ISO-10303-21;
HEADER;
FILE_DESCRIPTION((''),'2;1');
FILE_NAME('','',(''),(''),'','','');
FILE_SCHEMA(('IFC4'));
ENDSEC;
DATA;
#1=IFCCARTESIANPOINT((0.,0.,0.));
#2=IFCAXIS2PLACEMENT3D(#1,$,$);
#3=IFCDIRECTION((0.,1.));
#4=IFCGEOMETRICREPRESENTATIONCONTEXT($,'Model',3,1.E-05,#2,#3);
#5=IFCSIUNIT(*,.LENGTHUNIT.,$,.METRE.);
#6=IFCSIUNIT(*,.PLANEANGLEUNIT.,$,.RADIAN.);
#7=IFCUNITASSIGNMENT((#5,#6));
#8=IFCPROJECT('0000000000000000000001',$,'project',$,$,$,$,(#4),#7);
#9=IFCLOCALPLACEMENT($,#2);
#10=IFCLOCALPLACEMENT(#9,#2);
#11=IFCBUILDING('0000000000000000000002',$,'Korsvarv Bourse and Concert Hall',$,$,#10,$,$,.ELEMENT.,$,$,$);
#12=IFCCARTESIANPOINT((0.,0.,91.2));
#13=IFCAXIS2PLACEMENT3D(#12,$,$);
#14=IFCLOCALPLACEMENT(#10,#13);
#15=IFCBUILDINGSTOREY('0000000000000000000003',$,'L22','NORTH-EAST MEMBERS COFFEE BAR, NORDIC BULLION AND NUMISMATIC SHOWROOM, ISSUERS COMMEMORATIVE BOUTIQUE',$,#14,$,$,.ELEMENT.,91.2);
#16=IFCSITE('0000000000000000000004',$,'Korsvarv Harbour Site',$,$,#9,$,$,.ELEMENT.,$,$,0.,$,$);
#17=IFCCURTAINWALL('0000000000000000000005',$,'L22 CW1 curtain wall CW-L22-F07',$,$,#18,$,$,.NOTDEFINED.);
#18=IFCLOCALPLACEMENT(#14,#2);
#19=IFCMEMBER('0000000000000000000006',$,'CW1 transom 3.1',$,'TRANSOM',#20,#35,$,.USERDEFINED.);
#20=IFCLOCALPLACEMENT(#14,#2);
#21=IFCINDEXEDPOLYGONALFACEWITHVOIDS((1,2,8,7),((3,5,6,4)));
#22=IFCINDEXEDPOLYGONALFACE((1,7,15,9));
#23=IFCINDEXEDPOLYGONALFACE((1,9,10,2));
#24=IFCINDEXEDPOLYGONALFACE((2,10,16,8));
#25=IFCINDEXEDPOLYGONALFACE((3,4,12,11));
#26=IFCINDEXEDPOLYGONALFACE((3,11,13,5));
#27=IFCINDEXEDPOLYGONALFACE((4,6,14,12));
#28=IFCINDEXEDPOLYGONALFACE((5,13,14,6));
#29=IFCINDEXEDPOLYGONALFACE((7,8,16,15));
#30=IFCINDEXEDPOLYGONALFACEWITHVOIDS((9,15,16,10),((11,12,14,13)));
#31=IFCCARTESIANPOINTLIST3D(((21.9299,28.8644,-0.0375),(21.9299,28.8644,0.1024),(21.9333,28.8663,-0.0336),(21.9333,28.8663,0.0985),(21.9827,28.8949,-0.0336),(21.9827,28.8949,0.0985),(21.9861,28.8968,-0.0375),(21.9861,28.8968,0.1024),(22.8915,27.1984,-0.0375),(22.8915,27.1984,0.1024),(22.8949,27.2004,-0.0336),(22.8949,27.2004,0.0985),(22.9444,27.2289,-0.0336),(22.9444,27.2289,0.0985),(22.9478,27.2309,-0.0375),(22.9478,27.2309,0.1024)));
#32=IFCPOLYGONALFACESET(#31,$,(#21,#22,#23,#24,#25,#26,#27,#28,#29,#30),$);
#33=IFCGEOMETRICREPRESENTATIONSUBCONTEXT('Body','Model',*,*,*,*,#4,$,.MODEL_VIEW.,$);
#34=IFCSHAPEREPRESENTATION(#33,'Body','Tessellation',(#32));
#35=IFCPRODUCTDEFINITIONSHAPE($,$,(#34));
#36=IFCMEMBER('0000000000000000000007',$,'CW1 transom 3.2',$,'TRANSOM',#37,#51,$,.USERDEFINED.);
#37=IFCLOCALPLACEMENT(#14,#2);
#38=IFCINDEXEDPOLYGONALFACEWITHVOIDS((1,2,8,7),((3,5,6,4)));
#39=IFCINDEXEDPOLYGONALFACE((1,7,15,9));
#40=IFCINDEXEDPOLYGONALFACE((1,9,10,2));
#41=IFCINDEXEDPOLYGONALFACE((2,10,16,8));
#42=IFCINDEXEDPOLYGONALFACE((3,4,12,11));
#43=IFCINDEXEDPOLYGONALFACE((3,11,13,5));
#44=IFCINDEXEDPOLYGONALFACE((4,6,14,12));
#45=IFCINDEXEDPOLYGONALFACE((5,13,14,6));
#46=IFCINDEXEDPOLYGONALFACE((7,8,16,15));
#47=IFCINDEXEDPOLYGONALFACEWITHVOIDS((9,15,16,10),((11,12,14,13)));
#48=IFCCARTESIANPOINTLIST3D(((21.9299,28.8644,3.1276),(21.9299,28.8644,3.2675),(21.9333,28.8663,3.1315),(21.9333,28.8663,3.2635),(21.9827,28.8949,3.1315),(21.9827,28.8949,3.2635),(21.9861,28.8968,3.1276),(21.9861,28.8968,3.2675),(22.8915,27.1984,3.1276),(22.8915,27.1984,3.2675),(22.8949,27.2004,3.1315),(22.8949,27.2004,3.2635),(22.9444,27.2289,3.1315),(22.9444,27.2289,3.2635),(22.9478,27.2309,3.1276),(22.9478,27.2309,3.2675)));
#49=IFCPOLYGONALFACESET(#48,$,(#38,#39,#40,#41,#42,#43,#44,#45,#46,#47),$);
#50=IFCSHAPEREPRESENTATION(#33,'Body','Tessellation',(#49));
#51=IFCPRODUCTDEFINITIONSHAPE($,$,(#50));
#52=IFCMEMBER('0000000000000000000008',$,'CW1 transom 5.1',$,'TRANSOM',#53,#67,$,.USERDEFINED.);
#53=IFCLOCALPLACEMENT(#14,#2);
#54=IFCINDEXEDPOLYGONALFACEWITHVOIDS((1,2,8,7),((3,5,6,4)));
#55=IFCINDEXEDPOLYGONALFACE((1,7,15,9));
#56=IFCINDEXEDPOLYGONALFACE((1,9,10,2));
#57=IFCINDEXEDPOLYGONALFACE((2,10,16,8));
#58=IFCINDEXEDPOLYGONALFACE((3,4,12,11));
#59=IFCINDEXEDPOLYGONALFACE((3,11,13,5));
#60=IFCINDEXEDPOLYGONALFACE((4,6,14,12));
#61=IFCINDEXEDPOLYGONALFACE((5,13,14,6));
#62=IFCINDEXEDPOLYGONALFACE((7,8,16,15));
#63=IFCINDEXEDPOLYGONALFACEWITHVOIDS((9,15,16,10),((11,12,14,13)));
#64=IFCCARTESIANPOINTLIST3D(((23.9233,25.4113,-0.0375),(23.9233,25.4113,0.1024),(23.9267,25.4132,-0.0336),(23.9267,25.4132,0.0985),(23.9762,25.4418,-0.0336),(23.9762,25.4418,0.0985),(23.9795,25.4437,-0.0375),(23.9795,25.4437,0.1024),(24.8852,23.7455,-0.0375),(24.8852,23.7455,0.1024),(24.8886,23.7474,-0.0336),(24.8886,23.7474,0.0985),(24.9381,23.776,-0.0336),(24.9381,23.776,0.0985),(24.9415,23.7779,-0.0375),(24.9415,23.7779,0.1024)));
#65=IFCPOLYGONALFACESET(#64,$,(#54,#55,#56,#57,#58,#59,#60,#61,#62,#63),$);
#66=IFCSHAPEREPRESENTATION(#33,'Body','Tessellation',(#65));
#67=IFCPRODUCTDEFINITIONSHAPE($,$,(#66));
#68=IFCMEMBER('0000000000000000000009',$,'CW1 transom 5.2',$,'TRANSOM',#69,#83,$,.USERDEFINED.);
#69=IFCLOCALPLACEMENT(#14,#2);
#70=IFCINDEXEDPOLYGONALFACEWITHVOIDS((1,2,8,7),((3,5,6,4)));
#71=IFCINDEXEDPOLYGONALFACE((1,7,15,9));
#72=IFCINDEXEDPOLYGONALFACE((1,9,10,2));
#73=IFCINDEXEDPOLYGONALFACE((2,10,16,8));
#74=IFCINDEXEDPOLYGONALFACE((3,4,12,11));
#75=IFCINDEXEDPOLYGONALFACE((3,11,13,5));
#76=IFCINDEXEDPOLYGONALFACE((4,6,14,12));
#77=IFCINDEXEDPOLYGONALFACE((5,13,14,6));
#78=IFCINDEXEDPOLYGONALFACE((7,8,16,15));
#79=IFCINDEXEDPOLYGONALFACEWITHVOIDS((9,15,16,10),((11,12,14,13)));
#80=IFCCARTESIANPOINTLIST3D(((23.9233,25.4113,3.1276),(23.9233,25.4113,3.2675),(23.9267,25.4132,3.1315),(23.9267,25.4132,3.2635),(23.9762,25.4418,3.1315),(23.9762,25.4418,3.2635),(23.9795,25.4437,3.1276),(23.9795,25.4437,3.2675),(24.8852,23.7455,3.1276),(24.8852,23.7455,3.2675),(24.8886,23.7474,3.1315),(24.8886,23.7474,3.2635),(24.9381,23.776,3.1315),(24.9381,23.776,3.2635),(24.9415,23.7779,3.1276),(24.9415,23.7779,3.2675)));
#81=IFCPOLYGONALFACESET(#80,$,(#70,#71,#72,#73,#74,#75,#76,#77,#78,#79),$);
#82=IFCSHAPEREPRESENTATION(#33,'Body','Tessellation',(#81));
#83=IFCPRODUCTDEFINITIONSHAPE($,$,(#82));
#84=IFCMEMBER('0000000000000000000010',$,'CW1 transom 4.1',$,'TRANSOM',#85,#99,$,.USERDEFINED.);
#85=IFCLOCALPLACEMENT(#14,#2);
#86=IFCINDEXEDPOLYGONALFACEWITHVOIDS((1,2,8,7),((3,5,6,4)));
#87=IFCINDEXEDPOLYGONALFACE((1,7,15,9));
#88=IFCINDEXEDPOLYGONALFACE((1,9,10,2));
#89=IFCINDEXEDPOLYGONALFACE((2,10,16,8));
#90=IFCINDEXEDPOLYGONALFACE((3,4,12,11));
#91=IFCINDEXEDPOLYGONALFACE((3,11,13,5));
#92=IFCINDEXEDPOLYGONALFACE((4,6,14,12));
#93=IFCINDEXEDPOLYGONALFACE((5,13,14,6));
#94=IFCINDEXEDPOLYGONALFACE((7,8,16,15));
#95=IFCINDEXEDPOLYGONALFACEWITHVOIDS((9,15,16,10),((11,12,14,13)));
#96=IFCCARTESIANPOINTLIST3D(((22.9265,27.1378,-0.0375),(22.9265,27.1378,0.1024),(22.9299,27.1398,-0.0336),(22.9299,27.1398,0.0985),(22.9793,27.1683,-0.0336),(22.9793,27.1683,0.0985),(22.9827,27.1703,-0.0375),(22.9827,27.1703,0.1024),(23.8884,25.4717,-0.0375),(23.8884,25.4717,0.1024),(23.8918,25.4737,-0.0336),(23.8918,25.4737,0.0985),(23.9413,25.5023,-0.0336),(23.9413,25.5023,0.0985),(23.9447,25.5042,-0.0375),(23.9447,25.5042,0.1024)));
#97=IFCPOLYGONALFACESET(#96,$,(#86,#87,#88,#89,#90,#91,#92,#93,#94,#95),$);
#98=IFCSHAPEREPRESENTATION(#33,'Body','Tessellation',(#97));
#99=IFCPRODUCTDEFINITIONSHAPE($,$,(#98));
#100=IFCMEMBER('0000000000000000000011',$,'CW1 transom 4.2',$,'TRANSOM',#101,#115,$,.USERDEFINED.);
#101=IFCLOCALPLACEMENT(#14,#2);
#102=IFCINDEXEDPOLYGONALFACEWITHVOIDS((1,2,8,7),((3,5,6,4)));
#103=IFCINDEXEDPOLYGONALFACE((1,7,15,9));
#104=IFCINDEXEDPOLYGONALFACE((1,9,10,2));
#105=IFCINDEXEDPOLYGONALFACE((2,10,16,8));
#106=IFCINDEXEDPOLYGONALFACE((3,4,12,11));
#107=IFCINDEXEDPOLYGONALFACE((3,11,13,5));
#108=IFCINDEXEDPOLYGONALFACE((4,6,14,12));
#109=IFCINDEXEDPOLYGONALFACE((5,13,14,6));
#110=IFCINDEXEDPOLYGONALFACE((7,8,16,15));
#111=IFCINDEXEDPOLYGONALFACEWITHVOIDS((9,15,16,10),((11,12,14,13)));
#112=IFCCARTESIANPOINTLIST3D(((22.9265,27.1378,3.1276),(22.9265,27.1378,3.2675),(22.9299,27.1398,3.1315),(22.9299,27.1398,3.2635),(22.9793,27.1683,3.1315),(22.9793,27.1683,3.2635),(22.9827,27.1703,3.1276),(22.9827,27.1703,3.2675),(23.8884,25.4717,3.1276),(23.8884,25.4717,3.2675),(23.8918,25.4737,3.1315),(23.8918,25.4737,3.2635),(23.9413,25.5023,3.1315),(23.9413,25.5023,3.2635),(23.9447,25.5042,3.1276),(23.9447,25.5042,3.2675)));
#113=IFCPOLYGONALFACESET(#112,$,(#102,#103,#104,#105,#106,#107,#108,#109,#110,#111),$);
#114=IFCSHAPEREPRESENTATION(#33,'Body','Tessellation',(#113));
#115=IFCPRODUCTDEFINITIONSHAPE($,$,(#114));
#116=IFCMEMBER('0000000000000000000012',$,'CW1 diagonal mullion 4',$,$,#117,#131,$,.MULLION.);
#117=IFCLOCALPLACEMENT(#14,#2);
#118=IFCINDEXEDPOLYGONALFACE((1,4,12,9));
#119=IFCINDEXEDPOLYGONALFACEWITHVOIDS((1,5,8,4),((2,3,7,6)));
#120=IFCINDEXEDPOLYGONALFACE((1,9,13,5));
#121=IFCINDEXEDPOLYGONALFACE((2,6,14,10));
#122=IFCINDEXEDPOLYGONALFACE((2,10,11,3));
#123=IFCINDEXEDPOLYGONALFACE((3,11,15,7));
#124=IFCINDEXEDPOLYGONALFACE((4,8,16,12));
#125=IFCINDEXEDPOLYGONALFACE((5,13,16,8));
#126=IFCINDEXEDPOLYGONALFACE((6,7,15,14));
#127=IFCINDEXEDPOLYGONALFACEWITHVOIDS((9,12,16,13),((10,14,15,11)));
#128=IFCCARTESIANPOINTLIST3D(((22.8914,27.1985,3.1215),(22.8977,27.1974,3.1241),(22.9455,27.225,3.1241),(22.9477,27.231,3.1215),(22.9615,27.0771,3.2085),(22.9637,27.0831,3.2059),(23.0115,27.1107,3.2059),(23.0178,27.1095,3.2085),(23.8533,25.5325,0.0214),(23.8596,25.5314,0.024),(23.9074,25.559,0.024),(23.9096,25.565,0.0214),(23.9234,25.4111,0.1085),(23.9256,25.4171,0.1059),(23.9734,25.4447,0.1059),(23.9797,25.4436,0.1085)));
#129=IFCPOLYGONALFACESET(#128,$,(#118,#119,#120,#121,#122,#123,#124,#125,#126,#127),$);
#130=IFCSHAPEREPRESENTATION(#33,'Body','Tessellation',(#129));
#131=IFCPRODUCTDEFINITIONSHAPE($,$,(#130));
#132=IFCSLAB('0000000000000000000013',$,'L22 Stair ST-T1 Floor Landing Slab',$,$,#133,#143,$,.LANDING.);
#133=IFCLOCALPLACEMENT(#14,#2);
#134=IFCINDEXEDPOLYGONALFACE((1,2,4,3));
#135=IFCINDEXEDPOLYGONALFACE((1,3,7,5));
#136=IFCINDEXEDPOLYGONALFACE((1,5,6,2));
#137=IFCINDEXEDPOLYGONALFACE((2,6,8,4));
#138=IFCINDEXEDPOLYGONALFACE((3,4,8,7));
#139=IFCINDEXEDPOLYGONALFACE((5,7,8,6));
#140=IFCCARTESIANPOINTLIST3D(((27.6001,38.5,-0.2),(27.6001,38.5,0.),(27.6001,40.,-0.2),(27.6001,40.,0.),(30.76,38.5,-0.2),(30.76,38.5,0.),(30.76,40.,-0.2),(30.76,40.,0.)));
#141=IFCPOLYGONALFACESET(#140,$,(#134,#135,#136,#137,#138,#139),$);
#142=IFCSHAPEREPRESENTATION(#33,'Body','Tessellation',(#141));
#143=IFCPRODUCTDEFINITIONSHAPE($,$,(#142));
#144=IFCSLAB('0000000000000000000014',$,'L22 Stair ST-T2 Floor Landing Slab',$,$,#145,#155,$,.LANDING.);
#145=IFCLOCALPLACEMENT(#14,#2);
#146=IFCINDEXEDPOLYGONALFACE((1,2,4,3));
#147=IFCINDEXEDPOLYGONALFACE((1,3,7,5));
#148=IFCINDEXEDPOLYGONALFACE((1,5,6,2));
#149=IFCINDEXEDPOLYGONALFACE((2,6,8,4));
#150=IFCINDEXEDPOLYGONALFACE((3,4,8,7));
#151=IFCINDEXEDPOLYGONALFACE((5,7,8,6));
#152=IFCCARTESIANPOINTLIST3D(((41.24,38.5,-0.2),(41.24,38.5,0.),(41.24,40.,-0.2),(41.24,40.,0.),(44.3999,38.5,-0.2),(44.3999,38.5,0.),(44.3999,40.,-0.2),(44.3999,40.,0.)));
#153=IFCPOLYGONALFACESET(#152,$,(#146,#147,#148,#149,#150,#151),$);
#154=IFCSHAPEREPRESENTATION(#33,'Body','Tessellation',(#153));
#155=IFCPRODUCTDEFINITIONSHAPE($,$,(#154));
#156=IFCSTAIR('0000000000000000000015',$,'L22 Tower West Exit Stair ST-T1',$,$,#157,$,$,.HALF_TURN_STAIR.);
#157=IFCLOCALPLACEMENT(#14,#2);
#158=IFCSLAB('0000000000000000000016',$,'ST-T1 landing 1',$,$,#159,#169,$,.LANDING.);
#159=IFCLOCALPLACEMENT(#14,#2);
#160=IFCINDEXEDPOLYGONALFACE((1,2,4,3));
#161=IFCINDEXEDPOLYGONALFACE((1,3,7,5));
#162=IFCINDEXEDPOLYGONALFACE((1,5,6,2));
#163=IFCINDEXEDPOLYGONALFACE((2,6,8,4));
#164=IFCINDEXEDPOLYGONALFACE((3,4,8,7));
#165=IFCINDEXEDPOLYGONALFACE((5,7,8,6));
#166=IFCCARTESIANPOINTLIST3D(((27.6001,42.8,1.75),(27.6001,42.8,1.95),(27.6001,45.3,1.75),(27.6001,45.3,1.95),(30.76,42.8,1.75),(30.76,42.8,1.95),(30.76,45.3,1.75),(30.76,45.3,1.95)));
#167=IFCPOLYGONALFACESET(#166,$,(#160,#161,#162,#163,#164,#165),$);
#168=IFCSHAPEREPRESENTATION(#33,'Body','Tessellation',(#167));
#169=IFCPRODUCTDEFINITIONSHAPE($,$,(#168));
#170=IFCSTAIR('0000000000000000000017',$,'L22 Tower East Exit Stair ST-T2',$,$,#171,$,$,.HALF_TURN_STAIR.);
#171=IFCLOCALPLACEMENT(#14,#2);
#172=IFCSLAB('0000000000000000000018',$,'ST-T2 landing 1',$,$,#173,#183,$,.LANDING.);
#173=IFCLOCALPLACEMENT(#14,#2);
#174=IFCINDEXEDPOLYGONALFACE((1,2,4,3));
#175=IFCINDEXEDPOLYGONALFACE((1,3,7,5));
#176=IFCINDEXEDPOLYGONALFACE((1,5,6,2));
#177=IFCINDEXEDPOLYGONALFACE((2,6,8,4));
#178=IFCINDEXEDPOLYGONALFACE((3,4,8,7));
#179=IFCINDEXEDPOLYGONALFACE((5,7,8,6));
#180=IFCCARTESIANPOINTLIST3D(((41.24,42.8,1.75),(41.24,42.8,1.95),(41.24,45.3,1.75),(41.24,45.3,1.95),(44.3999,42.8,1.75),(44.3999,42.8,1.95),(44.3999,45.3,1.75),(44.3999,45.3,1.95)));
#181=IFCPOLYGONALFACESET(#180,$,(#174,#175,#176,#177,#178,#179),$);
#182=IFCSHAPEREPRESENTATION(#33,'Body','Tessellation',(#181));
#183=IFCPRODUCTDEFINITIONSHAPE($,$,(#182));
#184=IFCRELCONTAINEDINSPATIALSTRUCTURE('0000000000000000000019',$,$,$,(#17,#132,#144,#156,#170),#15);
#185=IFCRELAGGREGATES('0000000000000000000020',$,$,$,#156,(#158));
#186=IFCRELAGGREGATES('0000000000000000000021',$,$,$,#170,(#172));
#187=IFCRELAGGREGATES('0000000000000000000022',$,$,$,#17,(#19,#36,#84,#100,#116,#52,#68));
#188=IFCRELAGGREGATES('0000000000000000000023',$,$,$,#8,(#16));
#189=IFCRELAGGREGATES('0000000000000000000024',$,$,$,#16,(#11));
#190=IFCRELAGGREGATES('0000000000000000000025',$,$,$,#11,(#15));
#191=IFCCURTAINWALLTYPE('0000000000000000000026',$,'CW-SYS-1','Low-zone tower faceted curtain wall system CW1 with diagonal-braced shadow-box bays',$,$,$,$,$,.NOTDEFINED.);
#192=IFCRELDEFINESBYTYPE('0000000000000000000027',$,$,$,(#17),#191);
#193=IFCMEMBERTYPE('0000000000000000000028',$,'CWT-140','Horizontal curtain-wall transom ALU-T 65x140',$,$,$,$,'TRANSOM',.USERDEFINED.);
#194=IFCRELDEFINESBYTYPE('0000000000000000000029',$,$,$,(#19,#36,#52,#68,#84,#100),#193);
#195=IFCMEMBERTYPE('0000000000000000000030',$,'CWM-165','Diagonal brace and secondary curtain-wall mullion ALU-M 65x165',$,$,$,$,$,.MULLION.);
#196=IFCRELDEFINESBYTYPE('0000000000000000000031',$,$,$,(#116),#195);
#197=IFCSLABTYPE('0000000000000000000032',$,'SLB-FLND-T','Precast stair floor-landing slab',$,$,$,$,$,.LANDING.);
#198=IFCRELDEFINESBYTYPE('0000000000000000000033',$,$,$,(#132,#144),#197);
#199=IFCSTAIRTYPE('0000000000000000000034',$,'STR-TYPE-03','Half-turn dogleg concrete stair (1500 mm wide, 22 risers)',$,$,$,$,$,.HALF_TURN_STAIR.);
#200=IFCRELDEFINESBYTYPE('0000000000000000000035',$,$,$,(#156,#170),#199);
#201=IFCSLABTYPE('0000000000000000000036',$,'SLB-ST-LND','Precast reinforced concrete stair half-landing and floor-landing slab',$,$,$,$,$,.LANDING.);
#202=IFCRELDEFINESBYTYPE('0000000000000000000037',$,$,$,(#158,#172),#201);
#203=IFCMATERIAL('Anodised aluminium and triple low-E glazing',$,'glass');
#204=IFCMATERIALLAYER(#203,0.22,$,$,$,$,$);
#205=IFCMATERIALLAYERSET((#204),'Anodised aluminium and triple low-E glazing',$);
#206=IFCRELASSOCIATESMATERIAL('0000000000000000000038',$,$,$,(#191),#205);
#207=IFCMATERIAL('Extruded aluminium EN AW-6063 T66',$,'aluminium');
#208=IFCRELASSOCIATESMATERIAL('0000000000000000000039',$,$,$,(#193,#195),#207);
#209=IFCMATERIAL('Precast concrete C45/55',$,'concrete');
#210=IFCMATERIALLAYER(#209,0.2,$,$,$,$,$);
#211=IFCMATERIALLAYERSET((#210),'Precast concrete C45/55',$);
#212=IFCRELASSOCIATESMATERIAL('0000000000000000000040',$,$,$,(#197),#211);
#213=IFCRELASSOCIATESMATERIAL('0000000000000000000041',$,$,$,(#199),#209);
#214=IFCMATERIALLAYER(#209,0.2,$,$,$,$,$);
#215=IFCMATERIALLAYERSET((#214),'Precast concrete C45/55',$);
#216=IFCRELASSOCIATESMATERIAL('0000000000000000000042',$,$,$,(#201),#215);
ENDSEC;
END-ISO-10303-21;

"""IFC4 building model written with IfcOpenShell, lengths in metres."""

from ifc_helpers import new_model, si_unit, direction, frame, origin, origin_2d, place, context, subcontext, project, spatial, polyline, hollow_rectangle, outline, extrude, source, transform, mapped, material, layer, layer_set, material_profile, profile_set, type_object, element, aggregate, save


model = new_model("IFC4")

# Units and contexts
model_context = context("Model", 3, precision=1e-05, world=origin(), true_north=direction((0.0, 1.0)))
body_context = subcontext(model_context, "Body", "Model", "MODEL_VIEW")
ifc_project = project(units=[si_unit("LENGTHUNIT", "METRE"), si_unit("PLANEANGLEUNIT", "RADIAN")], contexts=[model_context])

# Site, building, storey
site_placement = place(None, origin())
site = spatial("IfcSite", under=ifc_project, at=site_placement, Name="Korsvarv Harbour Site", CompositionType="ELEMENT", RefElevation=0.0)
building_placement = place(site_placement, origin())
building = spatial("IfcBuilding", under=site, at=building_placement, Name="Korsvarv Bourse and Concert Hall", CompositionType="ELEMENT")
storey_placement = place(building_placement, frame((0.0, 0.0, 91.2)))
storey = spatial("IfcBuildingStorey", under=building, at=storey_placement, Name="L22", Description="NORTH-EAST MEMBERS COFFEE BAR, NORDIC BULLION AND NUMISMATIC SHOWROOM, ISSUERS COMMEMORATIVE BOUTIQUE", CompositionType="ELEMENT", Elevation=91.2)

# Curtain wall, members
ifc_material_1 = material(Name="Anodised aluminium and triple low-E glazing", Category="glass")
ifc_layer_1 = layer(ifc_material_1, 0.22)
ifc_layer_set_1 = layer_set([ifc_layer_1], Name="Anodised aluminium and triple low-E glazing")
curtain_wall_type = type_object("IfcCurtainWallType", Name="CW-SYS-1", Description="Low-zone tower faceted curtain wall system CW1 with diagonal-braced shadow-box bays", PredefinedType="NOTDEFINED", material=ifc_layer_set_1)
curtain_wall_placement = place(storey_placement, origin())
curtain_wall = element("IfcCurtainWall", 1, at=curtain_wall_placement, inside=storey, type_object=curtain_wall_type, Name="L22 CW1 curtain wall CW-L22-F07", PredefinedType="NOTDEFINED")
ifc_material_2 = material(Name="Extruded aluminium EN AW-6063 T66", Category="aluminium")
ifc_material_profile_1 = material_profile(ifc_material_2, hollow_rectangle(XDim=0.0649, YDim=0.1399, WallThickness=0.0039, at=origin_2d()), Name="ALU-T 65x140")
ifc_profile_set_1 = profile_set([ifc_material_profile_1], Name="Extruded aluminium EN AW-6063 T66")
member_type_1 = type_object("IfcMemberType", Name="CWT-140", Description="Horizontal curtain-wall transom ALU-T 65x140", ElementType="TRANSOM", PredefinedType="USERDEFINED", material=ifc_profile_set_1)
ifc_material_profile_2 = material_profile(ifc_material_2, hollow_rectangle(XDim=0.0649, YDim=0.165, WallThickness=0.0049, at=origin_2d()), Name="ALU-M 65x165")
ifc_profile_set_2 = profile_set([ifc_material_profile_2], Name="Extruded aluminium EN AW-6063 T66")
member_type_2 = type_object("IfcMemberType", Name="CWM-165", Description="Diagonal brace and secondary curtain-wall mullion ALU-M 65x165", PredefinedType="MULLION", material=ifc_profile_set_2)
shared_shape_1 = source(origin(), body_context, "Body", "SweptSolid", [
    extrude(hollow_rectangle(XDim=0.0649, YDim=0.1399, WallThickness=0.0039, at=origin_2d()), origin(), (0.0, 0.0, 1.0), 1.9236),
])
member_1_placement = place(storey_placement, frame((21.958, 28.8806, 0.0325), z_axis=(0.49992, -0.866071, 0.0), x_axis=(0.866071, 0.49992, 0.0)))
member_1 = element("IfcMember", 2, at=member_1_placement, type_object=member_type_1, Name="CW1 transom 3.1", ObjectType="TRANSOM", PredefinedType="USERDEFINED", context=body_context, shape_type="MappedRepresentation", body=[
    mapped(shared_shape_1, transform((0.0, 0.0, 0.0), scale=1.0)),
])
member_2_placement = place(storey_placement, frame((21.958, 28.8806, 3.1975), z_axis=(0.49992, -0.866071, 0.0), x_axis=(0.866071, 0.49992, 0.0)))
member_2 = element("IfcMember", 3, at=member_2_placement, type_object=member_type_1, Name="CW1 transom 3.2", ObjectType="TRANSOM", PredefinedType="USERDEFINED", context=body_context, shape_type="MappedRepresentation", body=[
    mapped(shared_shape_1, transform((0.0, 0.0, 0.0), scale=1.0)),
])
member_3_placement = place(storey_placement, frame((23.9514, 25.4275, 0.0325), z_axis=(0.50007, -0.865985, 0.0), x_axis=(0.865985, 0.50007, 0.0)))
member_3 = element("IfcMember", 4, at=member_3_placement, type_object=member_type_1, Name="CW1 transom 5.1", ObjectType="TRANSOM", PredefinedType="USERDEFINED", context=body_context, shape_type="MappedRepresentation", body=[
    mapped(shared_shape_1, transform((0.0, 0.0, 0.0), scale=1.0)),
])
member_4_placement = place(storey_placement, frame((23.9514, 25.4275, 3.1975), z_axis=(0.50007, -0.865985, 0.0), x_axis=(0.865985, 0.50007, 0.0)))
member_4 = element("IfcMember", 5, at=member_4_placement, type_object=member_type_1, Name="CW1 transom 5.2", ObjectType="TRANSOM", PredefinedType="USERDEFINED", context=body_context, shape_type="MappedRepresentation", body=[
    mapped(shared_shape_1, transform((0.0, 0.0, 0.0), scale=1.0)),
])
shared_shape_2 = source(origin(), body_context, "Body", "SweptSolid", [
    extrude(hollow_rectangle(XDim=0.0649, YDim=0.1399, WallThickness=0.0039, at=origin_2d()), origin(), (0.0, 0.0, 1.0), 1.9238),
])
member_5_placement = place(storey_placement, frame((22.9546, 27.1541, 0.0325), z_axis=(0.500015, -0.866017, 0.0), x_axis=(0.866017, 0.500015, 0.0)))
member_5 = element("IfcMember", 6, at=member_5_placement, type_object=member_type_1, Name="CW1 transom 4.1", ObjectType="TRANSOM", PredefinedType="USERDEFINED", context=body_context, shape_type="MappedRepresentation", body=[
    mapped(shared_shape_2, transform((0.0, 0.0, 0.0), scale=1.0)),
])
member_6_placement = place(storey_placement, frame((22.9546, 27.1541, 3.1975), z_axis=(0.500015, -0.866017, 0.0), x_axis=(0.866017, 0.500015, 0.0)))
member_6 = element("IfcMember", 7, at=member_6_placement, type_object=member_type_1, Name="CW1 transom 4.2", ObjectType="TRANSOM", PredefinedType="USERDEFINED", context=body_context, shape_type="MappedRepresentation", body=[
    mapped(shared_shape_2, transform((0.0, 0.0, 0.0), scale=1.0)),
])
shared_shape_3 = source(origin(), body_context, "Body", "SweptSolid", [
    extrude(hollow_rectangle(XDim=0.0649, YDim=0.165, WallThickness=0.0049, at=origin_2d()), origin(), (0.0, 0.0, 1.0), 3.6484),
])
member_7_placement = place(storey_placement, frame((23.9165, 25.488, 0.0649), z_axis=(-0.263647, 0.456631, 0.849693), x_axis=(-0.866017, -0.500015, 0.0)))
member_7 = element("IfcMember", 8, at=member_7_placement, type_object=member_type_2, Name="CW1 diagonal mullion 4", PredefinedType="MULLION", context=body_context, shape_type="MappedRepresentation", body=[
    mapped(shared_shape_3, transform((0.0, 0.0, 0.0), scale=1.0)),
])

# Slabs
ifc_material_3 = material(Name="Precast concrete C45/55", Category="concrete")
ifc_layer_2 = layer(ifc_material_3, 0.2)
ifc_layer_set_2 = layer_set([ifc_layer_2], Name="Precast concrete C45/55")
slab_type_1 = type_object("IfcSlabType", Name="SLB-FLND-T", Description="Precast stair floor-landing slab", PredefinedType="LANDING", material=ifc_layer_set_2)
slab_1_placement = place(storey_placement, frame((0.0, 0.0, -0.2)))
element("IfcSlab", 9, at=slab_1_placement, inside=storey, type_object=slab_type_1, Name="L22 Stair ST-T1 Floor Landing Slab", PredefinedType="LANDING", context=body_context, shape_type="SweptSolid", body=[
    extrude(outline(polyline([(30.76, 38.5), (30.76, 40.0), (27.6001, 40.0), (27.6001, 38.5), (30.76, 38.5)])), origin(), (0.0, 0.0, 1.0), 0.2),
])
slab_2_placement = place(storey_placement, frame((0.0, 0.0, -0.2)))
element("IfcSlab", 10, at=slab_2_placement, inside=storey, type_object=slab_type_1, Name="L22 Stair ST-T2 Floor Landing Slab", PredefinedType="LANDING", context=body_context, shape_type="SweptSolid", body=[
    extrude(outline(polyline([(44.3999, 38.5), (44.3999, 40.0), (41.24, 40.0), (41.24, 38.5), (44.3999, 38.5)])), origin(), (0.0, 0.0, 1.0), 0.2),
])

# Stairs, slabs
stair_type = type_object("IfcStairType", Name="STR-TYPE-03", Description="Half-turn dogleg concrete stair (1500 mm wide, 22 risers)", PredefinedType="HALF_TURN_STAIR", material=ifc_material_3)
stair_1_placement = place(storey_placement, origin())
stair_1 = element("IfcStair", 11, at=stair_1_placement, inside=storey, type_object=stair_type, Name="L22 Tower West Exit Stair ST-T1", PredefinedType="HALF_TURN_STAIR")
ifc_layer_3 = layer(ifc_material_3, 0.2)
ifc_layer_set_3 = layer_set([ifc_layer_3], Name="Precast concrete C45/55")
slab_type_2 = type_object("IfcSlabType", Name="SLB-ST-LND", Description="Precast reinforced concrete stair half-landing and floor-landing slab", PredefinedType="LANDING", material=ifc_layer_set_3)
slab_3_placement = place(storey_placement, frame((0.0, 0.0, 1.75)))
slab_3 = element("IfcSlab", 12, at=slab_3_placement, type_object=slab_type_2, Name="ST-T1 landing 1", PredefinedType="LANDING", context=body_context, shape_type="SweptSolid", body=[
    extrude(outline(polyline([(30.76, 42.8), (30.76, 45.3), (27.6001, 45.3), (27.6001, 42.8), (30.76, 42.8)])), origin(), (0.0, 0.0, 1.0), 0.2),
])
aggregate(stair_1, [slab_3])
stair_2_placement = place(storey_placement, origin())
stair_2 = element("IfcStair", 13, at=stair_2_placement, inside=storey, type_object=stair_type, Name="L22 Tower East Exit Stair ST-T2", PredefinedType="HALF_TURN_STAIR")
slab_4_placement = place(storey_placement, frame((0.0, 0.0, 1.75)))
slab_4 = element("IfcSlab", 14, at=slab_4_placement, type_object=slab_type_2, Name="ST-T2 landing 1", PredefinedType="LANDING", context=body_context, shape_type="SweptSolid", body=[
    extrude(outline(polyline([(44.3999, 42.8), (44.3999, 45.3), (41.24, 45.3), (41.24, 42.8), (44.3999, 42.8)])), origin(), (0.0, 0.0, 1.0), 0.2),
])
aggregate(stair_2, [slab_4])

aggregate(curtain_wall, [member_1, member_2, member_5, member_6, member_7, member_3, member_4])

save(model, "model.ifc")
